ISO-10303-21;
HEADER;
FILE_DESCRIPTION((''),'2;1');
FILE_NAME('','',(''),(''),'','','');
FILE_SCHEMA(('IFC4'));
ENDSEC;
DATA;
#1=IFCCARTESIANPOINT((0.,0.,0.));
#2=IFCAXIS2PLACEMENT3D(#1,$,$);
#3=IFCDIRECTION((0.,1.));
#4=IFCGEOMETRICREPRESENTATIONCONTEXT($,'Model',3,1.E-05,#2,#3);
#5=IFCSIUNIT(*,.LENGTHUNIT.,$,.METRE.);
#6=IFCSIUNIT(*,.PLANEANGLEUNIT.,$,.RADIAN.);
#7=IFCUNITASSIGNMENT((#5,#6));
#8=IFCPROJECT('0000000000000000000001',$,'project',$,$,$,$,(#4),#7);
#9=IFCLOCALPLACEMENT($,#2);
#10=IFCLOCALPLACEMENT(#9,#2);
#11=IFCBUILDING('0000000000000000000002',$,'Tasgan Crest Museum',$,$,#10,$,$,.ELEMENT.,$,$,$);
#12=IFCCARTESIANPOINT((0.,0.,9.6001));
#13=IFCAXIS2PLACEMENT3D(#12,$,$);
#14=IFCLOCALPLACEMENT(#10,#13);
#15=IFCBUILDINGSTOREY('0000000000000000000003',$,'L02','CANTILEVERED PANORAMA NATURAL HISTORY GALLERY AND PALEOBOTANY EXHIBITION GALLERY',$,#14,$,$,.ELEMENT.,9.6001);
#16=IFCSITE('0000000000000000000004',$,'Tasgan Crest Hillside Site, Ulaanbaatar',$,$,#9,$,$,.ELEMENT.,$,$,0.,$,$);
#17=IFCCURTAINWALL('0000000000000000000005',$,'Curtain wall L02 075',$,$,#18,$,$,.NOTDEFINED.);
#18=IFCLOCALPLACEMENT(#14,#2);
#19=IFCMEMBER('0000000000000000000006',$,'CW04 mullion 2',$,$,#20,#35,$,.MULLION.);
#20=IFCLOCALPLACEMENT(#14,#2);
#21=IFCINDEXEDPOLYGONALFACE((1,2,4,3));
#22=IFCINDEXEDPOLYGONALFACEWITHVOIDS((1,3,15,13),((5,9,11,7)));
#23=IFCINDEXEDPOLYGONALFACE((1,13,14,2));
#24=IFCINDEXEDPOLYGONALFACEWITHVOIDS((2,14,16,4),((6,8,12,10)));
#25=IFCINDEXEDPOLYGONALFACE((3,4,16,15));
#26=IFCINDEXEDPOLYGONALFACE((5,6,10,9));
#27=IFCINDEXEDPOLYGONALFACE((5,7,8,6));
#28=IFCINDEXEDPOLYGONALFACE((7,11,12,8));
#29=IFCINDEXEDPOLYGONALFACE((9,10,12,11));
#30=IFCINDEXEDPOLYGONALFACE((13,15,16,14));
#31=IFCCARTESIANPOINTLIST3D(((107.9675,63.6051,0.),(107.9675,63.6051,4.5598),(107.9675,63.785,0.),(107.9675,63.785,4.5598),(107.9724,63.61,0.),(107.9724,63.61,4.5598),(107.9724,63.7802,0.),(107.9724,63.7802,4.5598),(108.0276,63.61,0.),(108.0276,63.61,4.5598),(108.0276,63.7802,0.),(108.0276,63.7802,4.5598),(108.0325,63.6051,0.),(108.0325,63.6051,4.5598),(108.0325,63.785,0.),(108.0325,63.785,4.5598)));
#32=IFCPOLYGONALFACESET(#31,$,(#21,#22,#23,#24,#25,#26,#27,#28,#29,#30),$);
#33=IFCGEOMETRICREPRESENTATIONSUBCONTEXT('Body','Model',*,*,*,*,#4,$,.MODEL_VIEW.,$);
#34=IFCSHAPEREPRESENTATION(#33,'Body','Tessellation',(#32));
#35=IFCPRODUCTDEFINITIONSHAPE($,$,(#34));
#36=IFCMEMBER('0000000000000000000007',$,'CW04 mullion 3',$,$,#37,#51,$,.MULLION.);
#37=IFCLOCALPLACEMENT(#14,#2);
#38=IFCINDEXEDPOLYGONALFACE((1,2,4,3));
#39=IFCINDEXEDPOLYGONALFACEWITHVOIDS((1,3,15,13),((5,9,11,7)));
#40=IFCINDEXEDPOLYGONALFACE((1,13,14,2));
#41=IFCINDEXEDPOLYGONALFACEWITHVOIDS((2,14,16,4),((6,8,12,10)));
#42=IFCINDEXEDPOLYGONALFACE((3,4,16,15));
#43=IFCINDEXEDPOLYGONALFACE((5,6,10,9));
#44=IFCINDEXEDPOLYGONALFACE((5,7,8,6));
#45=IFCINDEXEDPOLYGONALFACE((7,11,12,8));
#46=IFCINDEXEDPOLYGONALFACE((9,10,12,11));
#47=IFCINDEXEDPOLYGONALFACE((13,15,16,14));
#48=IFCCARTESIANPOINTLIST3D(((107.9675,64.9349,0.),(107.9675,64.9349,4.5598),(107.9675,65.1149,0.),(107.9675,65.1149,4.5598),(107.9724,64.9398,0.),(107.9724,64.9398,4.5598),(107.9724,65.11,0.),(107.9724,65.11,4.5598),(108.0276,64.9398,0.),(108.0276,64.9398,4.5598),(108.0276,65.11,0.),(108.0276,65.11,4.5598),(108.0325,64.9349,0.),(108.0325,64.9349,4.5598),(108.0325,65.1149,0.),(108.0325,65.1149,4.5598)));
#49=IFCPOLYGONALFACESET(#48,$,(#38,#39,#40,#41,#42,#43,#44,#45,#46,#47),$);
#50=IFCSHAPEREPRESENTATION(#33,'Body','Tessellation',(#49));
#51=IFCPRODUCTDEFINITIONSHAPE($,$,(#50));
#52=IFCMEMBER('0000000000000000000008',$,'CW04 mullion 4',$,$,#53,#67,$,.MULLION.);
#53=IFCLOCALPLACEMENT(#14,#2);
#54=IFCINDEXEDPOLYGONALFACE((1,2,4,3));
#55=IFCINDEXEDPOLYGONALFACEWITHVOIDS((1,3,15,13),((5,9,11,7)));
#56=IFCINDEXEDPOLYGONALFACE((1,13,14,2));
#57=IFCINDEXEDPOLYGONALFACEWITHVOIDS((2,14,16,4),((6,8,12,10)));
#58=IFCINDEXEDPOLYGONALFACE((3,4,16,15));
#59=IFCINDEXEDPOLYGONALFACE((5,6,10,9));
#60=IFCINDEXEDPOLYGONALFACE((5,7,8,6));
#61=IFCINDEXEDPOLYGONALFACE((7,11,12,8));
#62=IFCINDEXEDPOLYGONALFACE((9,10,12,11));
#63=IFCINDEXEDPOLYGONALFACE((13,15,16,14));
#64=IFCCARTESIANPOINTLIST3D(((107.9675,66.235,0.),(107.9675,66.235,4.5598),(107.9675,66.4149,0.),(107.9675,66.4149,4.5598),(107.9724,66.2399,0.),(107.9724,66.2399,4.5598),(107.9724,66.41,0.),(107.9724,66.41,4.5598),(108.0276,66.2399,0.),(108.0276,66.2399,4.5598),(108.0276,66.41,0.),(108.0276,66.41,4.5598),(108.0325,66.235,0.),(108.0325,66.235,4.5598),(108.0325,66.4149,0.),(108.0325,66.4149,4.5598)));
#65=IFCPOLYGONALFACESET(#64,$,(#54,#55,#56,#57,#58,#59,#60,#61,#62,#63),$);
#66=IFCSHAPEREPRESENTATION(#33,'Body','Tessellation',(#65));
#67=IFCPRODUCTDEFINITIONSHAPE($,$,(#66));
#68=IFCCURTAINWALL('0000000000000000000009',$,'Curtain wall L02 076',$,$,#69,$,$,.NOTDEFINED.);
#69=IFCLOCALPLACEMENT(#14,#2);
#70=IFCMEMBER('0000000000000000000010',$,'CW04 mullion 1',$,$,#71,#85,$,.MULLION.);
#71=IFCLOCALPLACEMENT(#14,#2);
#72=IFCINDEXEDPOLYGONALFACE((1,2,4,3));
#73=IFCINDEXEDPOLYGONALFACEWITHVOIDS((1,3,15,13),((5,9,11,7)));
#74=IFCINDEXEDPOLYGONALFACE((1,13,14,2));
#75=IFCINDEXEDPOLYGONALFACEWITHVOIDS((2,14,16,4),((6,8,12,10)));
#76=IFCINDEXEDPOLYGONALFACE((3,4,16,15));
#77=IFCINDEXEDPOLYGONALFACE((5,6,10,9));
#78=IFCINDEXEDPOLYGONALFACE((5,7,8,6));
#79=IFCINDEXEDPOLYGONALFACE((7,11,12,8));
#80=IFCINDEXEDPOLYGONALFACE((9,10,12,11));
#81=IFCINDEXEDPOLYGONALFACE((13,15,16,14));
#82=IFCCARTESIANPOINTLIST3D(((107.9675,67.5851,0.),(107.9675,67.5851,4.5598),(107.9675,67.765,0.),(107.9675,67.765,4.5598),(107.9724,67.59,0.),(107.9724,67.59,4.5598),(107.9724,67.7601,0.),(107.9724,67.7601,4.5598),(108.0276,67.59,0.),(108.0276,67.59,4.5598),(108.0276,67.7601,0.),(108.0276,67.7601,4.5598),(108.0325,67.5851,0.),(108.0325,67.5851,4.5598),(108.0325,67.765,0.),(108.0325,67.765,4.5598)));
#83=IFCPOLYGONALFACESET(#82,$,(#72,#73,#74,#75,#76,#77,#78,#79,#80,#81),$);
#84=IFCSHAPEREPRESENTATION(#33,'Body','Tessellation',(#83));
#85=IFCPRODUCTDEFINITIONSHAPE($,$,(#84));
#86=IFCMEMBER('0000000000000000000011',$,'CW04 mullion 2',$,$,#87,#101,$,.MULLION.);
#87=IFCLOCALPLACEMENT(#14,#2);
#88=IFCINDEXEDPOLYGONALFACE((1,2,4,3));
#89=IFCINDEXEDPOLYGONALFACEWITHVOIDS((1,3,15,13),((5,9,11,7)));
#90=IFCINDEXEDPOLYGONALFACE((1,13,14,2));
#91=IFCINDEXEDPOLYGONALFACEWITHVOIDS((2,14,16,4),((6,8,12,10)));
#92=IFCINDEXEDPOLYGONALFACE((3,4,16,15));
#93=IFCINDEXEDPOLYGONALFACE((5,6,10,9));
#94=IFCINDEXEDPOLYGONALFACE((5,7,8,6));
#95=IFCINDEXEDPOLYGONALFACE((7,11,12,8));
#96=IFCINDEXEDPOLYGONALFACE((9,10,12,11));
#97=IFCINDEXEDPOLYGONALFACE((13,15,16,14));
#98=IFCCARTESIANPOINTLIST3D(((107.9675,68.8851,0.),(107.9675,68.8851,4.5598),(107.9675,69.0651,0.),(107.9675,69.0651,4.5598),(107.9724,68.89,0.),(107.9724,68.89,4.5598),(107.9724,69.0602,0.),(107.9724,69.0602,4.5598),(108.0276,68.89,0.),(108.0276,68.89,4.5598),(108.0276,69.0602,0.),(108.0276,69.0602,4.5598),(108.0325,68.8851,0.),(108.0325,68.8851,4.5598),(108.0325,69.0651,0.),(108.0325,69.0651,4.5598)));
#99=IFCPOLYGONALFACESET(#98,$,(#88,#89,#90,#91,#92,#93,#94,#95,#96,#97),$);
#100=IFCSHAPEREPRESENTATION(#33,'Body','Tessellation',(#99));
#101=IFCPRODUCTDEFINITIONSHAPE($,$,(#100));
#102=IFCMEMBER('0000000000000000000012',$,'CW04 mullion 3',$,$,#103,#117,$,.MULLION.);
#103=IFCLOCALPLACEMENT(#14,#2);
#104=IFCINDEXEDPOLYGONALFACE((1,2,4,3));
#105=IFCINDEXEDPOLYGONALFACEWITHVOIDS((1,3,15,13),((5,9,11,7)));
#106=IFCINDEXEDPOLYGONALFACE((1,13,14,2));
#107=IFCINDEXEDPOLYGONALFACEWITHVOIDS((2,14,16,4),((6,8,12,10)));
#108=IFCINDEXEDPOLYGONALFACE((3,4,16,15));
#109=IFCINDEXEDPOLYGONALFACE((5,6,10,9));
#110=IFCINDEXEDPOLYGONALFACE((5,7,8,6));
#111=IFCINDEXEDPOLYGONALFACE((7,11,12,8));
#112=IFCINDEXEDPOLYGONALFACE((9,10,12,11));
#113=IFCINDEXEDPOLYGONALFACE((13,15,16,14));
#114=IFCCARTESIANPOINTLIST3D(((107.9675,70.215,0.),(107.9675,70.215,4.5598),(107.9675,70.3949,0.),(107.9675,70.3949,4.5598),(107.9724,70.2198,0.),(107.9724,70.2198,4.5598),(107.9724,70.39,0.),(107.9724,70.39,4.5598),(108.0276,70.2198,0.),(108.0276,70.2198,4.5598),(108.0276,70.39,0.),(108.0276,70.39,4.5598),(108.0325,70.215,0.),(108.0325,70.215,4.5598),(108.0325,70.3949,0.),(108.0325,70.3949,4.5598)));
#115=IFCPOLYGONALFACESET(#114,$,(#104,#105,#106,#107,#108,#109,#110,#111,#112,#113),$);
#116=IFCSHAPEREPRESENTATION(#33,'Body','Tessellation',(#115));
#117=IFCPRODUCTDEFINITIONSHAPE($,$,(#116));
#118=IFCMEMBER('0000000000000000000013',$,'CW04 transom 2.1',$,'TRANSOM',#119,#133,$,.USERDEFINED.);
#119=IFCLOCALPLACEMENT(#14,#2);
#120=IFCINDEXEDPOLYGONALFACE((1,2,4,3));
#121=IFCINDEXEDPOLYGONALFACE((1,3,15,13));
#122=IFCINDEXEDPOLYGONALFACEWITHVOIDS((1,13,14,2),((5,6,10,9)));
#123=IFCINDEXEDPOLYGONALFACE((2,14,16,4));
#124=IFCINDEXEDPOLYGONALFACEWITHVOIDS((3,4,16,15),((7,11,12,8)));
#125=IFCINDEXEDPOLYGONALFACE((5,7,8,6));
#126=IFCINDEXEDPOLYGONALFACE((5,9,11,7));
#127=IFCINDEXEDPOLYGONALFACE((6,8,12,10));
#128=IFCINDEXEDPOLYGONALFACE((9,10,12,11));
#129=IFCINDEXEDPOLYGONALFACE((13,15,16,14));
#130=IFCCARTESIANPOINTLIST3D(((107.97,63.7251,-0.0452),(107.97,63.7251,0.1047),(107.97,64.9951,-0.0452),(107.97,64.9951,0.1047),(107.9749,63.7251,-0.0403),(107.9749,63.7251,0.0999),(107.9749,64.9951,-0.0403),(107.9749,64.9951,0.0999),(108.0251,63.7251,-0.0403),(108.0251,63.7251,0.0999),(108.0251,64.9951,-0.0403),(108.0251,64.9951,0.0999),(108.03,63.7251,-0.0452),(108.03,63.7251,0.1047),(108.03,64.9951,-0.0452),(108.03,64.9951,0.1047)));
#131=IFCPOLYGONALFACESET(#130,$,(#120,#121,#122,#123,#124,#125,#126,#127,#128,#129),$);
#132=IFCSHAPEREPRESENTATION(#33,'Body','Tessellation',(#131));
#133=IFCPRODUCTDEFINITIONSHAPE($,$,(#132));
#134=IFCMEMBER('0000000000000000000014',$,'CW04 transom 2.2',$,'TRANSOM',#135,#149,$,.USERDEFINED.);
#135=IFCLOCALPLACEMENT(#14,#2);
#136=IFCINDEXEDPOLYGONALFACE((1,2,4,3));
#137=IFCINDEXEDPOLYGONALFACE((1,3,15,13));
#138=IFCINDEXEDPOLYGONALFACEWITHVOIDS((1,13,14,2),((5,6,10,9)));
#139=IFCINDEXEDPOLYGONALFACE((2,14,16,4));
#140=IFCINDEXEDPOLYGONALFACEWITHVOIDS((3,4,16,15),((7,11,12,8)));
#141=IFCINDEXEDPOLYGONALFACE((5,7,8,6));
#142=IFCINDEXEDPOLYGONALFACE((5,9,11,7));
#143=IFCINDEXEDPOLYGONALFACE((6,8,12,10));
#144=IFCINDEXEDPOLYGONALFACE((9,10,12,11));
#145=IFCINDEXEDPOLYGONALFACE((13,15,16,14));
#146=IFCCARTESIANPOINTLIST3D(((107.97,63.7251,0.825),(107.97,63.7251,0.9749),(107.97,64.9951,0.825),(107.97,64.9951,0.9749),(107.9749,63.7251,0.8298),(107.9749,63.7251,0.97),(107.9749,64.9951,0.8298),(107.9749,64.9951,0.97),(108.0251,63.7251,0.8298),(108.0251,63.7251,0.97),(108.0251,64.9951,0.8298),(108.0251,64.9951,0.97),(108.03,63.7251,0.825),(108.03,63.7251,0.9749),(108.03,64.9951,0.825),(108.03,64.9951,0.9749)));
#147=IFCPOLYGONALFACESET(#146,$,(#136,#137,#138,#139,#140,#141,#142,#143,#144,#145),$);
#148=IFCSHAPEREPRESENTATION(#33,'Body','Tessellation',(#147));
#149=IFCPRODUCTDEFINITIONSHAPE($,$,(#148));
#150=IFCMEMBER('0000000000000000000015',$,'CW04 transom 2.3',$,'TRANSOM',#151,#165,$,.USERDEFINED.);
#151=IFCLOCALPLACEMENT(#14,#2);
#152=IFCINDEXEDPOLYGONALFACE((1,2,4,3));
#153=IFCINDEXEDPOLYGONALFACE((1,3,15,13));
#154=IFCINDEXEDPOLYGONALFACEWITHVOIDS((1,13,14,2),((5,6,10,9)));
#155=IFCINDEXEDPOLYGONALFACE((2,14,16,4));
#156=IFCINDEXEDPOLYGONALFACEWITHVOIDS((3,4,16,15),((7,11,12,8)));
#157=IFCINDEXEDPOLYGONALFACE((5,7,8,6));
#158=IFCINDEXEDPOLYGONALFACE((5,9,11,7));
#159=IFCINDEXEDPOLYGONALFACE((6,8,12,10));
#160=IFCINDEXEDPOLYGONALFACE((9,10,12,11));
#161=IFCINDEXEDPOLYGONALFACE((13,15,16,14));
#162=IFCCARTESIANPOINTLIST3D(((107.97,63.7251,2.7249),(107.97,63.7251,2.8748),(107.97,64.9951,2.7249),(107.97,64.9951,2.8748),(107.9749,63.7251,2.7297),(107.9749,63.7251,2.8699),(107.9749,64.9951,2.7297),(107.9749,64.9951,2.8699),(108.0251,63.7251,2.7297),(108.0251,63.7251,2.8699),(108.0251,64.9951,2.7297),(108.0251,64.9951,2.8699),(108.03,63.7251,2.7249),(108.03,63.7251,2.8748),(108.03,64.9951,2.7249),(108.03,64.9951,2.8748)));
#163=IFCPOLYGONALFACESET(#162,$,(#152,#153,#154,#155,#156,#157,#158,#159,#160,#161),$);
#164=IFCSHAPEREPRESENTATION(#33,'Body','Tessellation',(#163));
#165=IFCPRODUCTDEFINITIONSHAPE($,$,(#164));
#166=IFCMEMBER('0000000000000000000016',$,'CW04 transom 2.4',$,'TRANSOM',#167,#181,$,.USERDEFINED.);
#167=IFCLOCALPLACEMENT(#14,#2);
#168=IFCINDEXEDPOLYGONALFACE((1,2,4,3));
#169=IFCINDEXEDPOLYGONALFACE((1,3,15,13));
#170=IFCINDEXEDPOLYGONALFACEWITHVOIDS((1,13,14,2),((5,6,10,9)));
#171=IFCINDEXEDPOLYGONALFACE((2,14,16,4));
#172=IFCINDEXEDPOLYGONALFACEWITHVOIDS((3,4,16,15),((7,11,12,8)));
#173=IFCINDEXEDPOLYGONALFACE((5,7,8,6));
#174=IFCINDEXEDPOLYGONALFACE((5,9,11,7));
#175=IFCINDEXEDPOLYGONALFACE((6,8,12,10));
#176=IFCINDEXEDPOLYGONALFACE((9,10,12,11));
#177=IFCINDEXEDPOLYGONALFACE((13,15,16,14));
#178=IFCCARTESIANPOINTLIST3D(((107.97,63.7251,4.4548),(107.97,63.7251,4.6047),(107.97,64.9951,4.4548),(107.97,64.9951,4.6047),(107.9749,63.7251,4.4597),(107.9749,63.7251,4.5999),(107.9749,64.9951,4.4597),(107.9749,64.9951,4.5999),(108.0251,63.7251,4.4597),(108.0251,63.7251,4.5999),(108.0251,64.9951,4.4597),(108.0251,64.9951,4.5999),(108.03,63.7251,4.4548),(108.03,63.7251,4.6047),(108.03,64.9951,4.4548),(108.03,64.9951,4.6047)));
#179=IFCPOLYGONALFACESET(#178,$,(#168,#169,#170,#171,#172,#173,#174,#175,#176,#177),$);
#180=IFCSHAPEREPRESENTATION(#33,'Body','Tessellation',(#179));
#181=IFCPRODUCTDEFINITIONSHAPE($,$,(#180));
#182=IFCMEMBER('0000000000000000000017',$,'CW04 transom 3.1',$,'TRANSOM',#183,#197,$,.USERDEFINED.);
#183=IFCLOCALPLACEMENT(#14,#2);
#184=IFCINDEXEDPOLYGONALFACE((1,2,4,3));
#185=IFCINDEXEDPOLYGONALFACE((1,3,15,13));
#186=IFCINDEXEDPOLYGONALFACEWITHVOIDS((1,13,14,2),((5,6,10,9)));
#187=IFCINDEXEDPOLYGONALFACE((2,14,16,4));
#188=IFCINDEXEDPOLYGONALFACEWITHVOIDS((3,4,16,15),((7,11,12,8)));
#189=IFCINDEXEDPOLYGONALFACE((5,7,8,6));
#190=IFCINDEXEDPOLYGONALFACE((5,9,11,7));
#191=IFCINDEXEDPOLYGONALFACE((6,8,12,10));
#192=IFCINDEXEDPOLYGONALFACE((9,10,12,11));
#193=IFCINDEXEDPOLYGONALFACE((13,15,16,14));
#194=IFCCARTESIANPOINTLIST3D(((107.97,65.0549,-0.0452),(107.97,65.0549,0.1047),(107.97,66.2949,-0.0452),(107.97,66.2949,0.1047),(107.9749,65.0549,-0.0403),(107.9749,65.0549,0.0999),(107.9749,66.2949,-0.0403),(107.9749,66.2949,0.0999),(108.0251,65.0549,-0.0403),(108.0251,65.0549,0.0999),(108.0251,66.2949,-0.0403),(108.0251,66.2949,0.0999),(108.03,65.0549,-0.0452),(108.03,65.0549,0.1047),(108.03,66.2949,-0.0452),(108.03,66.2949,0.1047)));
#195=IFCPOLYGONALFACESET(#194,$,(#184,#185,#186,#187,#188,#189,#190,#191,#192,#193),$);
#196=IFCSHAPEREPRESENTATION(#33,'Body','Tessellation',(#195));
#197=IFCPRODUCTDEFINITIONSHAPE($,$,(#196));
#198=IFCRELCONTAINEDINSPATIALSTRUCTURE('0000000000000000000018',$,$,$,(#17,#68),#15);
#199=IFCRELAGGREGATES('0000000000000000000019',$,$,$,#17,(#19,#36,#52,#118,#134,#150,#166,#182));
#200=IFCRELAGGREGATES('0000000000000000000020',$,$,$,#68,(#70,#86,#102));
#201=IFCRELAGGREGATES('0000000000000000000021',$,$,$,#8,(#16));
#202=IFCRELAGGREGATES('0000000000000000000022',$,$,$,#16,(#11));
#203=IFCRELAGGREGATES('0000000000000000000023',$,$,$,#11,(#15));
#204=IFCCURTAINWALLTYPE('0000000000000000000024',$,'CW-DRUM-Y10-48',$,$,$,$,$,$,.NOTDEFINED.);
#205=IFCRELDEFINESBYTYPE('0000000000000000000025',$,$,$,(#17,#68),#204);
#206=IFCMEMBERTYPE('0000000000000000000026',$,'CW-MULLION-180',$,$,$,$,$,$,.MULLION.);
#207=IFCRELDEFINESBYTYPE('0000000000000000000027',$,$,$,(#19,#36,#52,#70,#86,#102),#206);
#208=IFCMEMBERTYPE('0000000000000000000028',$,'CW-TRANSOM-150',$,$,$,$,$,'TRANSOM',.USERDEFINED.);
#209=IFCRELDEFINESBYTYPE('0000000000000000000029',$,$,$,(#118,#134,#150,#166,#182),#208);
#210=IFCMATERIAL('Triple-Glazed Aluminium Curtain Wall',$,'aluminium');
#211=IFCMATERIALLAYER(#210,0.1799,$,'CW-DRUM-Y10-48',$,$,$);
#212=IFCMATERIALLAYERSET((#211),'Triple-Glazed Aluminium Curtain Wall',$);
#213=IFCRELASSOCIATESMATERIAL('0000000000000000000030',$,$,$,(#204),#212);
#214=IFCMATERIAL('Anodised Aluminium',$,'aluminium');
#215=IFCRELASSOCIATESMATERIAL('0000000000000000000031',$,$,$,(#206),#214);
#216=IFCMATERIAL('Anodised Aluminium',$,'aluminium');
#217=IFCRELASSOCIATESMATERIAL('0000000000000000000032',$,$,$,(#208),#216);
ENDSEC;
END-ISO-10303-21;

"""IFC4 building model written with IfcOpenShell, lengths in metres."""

from ifc_helpers import new_model, si_unit, direction, frame, origin, origin_2d, place, context, subcontext, project, spatial, hollow_rectangle, extrude, material, layer, layer_set, material_profile, profile_set, type_object, element, aggregate, save


model = new_model("IFC4")

# Units and contexts
model_context = context("Model", 3, precision=1e-05, world=origin(), true_north=direction((0.0, 1.0)))
body_context = subcontext(model_context, "Body", "Model", "MODEL_VIEW")
ifc_project = project(units=[si_unit("LENGTHUNIT", "METRE"), si_unit("PLANEANGLEUNIT", "RADIAN")], contexts=[model_context])

# Site, building, storey
site_placement = place(None, origin())
site = spatial("IfcSite", under=ifc_project, at=site_placement, Name="Tasgan Crest Hillside Site, Ulaanbaatar", CompositionType="ELEMENT", RefElevation=0.0)
building_placement = place(site_placement, origin())
building = spatial("IfcBuilding", under=site, at=building_placement, Name="Tasgan Crest Museum", CompositionType="ELEMENT")
storey_placement = place(building_placement, frame((0.0, 0.0, 9.6001)))
storey = spatial("IfcBuildingStorey", under=building, at=storey_placement, Name="L02", Description="CANTILEVERED PANORAMA NATURAL HISTORY GALLERY AND PALEOBOTANY EXHIBITION GALLERY", CompositionType="ELEMENT", Elevation=9.6001)

# Curtain walls, members
ifc_material_1 = material(Name="Triple-Glazed Aluminium Curtain Wall", Category="aluminium")
ifc_layer_1 = layer(ifc_material_1, 0.1799, Name="CW-DRUM-Y10-48")
ifc_layer_set_1 = layer_set([ifc_layer_1], Name="Triple-Glazed Aluminium Curtain Wall")
curtain_wall_type = type_object("IfcCurtainWallType", Name="CW-DRUM-Y10-48", PredefinedType="NOTDEFINED", material=ifc_layer_set_1)
curtain_wall_1_placement = place(storey_placement, origin())
curtain_wall_1 = element("IfcCurtainWall", 1, at=curtain_wall_1_placement, inside=storey, type_object=curtain_wall_type, Name="Curtain wall L02 075", PredefinedType="NOTDEFINED")
ifc_material_2 = material(Name="Anodised Aluminium", Category="aluminium")
ifc_material_profile_1 = material_profile(ifc_material_2, hollow_rectangle(XDim=0.0649, YDim=0.1799, WallThickness=0.0049, at=origin_2d()), Name="ALU MULLION 180x65x5")
ifc_profile_set_1 = profile_set([ifc_material_profile_1], Name="Anodised Aluminium")
member_type_1 = type_object("IfcMemberType", Name="CW-MULLION-180", PredefinedType="MULLION", material=ifc_profile_set_1)
member_1_placement = place(storey_placement, frame((108.0, 63.6951, 0.0), z_axis=(0.0, 0.0, 1.0), x_axis=(-1.0, 0.0, 0.0)))
member_1 = element("IfcMember", 2, at=member_1_placement, type_object=member_type_1, Name="CW04 mullion 2", PredefinedType="MULLION", context=body_context, shape_type="SweptSolid", body=[
    extrude(hollow_rectangle(XDim=0.0649, YDim=0.1799, WallThickness=0.0049, at=origin_2d()), origin(), (0.0, 0.0, 1.0), 4.5598),
])
member_2_placement = place(storey_placement, frame((108.0, 65.0249, 0.0), z_axis=(0.0, 0.0, 1.0), x_axis=(-1.0, 0.0, 0.0)))
member_2 = element("IfcMember", 3, at=member_2_placement, type_object=member_type_1, Name="CW04 mullion 3", PredefinedType="MULLION", context=body_context, shape_type="SweptSolid", body=[
    extrude(hollow_rectangle(XDim=0.0649, YDim=0.1799, WallThickness=0.0049, at=origin_2d()), origin(), (0.0, 0.0, 1.0), 4.5598),
])
member_3_placement = place(storey_placement, frame((108.0, 66.325, 0.0), z_axis=(0.0, 0.0, 1.0), x_axis=(-1.0, 0.0, 0.0)))
member_3 = element("IfcMember", 4, at=member_3_placement, type_object=member_type_1, Name="CW04 mullion 4", PredefinedType="MULLION", context=body_context, shape_type="SweptSolid", body=[
    extrude(hollow_rectangle(XDim=0.0649, YDim=0.1799, WallThickness=0.0049, at=origin_2d()), origin(), (0.0, 0.0, 1.0), 4.5598),
])
curtain_wall_2_placement = place(storey_placement, origin())
curtain_wall_2 = element("IfcCurtainWall", 5, at=curtain_wall_2_placement, inside=storey, type_object=curtain_wall_type, Name="Curtain wall L02 076", PredefinedType="NOTDEFINED")
member_4_placement = place(storey_placement, frame((108.0, 67.675, 0.0), z_axis=(0.0, 0.0, 1.0), x_axis=(-1.0, 0.0, 0.0)))
member_4 = element("IfcMember", 6, at=member_4_placement, type_object=member_type_1, Name="CW04 mullion 1", PredefinedType="MULLION", context=body_context, shape_type="SweptSolid", body=[
    extrude(hollow_rectangle(XDim=0.0649, YDim=0.1799, WallThickness=0.0049, at=origin_2d()), origin(), (0.0, 0.0, 1.0), 4.5598),
])
member_5_placement = place(storey_placement, frame((108.0, 68.9751, 0.0), z_axis=(0.0, 0.0, 1.0), x_axis=(-1.0, 0.0, 0.0)))
member_5 = element("IfcMember", 7, at=member_5_placement, type_object=member_type_1, Name="CW04 mullion 2", PredefinedType="MULLION", context=body_context, shape_type="SweptSolid", body=[
    extrude(hollow_rectangle(XDim=0.0649, YDim=0.1799, WallThickness=0.0049, at=origin_2d()), origin(), (0.0, 0.0, 1.0), 4.5598),
])
member_6_placement = place(storey_placement, frame((108.0, 70.3049, 0.0), z_axis=(0.0, 0.0, 1.0), x_axis=(-1.0, 0.0, 0.0)))
member_6 = element("IfcMember", 8, at=member_6_placement, type_object=member_type_1, Name="CW04 mullion 3", PredefinedType="MULLION", context=body_context, shape_type="SweptSolid", body=[
    extrude(hollow_rectangle(XDim=0.0649, YDim=0.1799, WallThickness=0.0049, at=origin_2d()), origin(), (0.0, 0.0, 1.0), 4.5598),
])

# Members
ifc_material_3 = material(Name="Anodised Aluminium", Category="aluminium")
ifc_material_profile_2 = material_profile(ifc_material_3, hollow_rectangle(XDim=0.0601, YDim=0.1499, WallThickness=0.0049, at=origin_2d()), Name="ALU TRANSOM 150x60x5")
ifc_profile_set_2 = profile_set([ifc_material_profile_2], Name="Anodised Aluminium")
member_type_2 = type_object("IfcMemberType", Name="CW-TRANSOM-150", ElementType="TRANSOM", PredefinedType="USERDEFINED", material=ifc_profile_set_2)
member_7_placement = place(storey_placement, frame((108.0, 63.7251, 0.0298), z_axis=(0.0, 1.0, 0.0), x_axis=(-1.0, 0.0, 0.0)))
member_7 = element("IfcMember", 9, at=member_7_placement, type_object=member_type_2, Name="CW04 transom 2.1", ObjectType="TRANSOM", PredefinedType="USERDEFINED", context=body_context, shape_type="SweptSolid", body=[
    extrude(hollow_rectangle(XDim=0.0601, YDim=0.1499, WallThickness=0.0049, at=origin_2d()), origin(), (0.0, 0.0, 1.0), 1.27),
])
member_8_placement = place(storey_placement, frame((108.0, 63.7251, 0.8999), z_axis=(0.0, 1.0, 0.0), x_axis=(-1.0, 0.0, 0.0)))
member_8 = element("IfcMember", 10, at=member_8_placement, type_object=member_type_2, Name="CW04 transom 2.2", ObjectType="TRANSOM", PredefinedType="USERDEFINED", context=body_context, shape_type="SweptSolid", body=[
    extrude(hollow_rectangle(XDim=0.0601, YDim=0.1499, WallThickness=0.0049, at=origin_2d()), origin(), (0.0, 0.0, 1.0), 1.27),
])
member_9_placement = place(storey_placement, frame((108.0, 63.7251, 2.7998), z_axis=(0.0, 1.0, 0.0), x_axis=(-1.0, 0.0, 0.0)))
member_9 = element("IfcMember", 11, at=member_9_placement, type_object=member_type_2, Name="CW04 transom 2.3", ObjectType="TRANSOM", PredefinedType="USERDEFINED", context=body_context, shape_type="SweptSolid", body=[
    extrude(hollow_rectangle(XDim=0.0601, YDim=0.1499, WallThickness=0.0049, at=origin_2d()), origin(), (0.0, 0.0, 1.0), 1.27),
])
member_10_placement = place(storey_placement, frame((108.0, 63.7251, 4.5298), z_axis=(0.0, 1.0, 0.0), x_axis=(-1.0, 0.0, 0.0)))
member_10 = element("IfcMember", 12, at=member_10_placement, type_object=member_type_2, Name="CW04 transom 2.4", ObjectType="TRANSOM", PredefinedType="USERDEFINED", context=body_context, shape_type="SweptSolid", body=[
    extrude(hollow_rectangle(XDim=0.0601, YDim=0.1499, WallThickness=0.0049, at=origin_2d()), origin(), (0.0, 0.0, 1.0), 1.27),
])
member_11_placement = place(storey_placement, frame((108.0, 65.0549, 0.0298), z_axis=(0.0, 1.0, 0.0), x_axis=(-1.0, 0.0, 0.0)))
member_11 = element("IfcMember", 13, at=member_11_placement, type_object=member_type_2, Name="CW04 transom 3.1", ObjectType="TRANSOM", PredefinedType="USERDEFINED", context=body_context, shape_type="SweptSolid", body=[
    extrude(hollow_rectangle(XDim=0.0601, YDim=0.1499, WallThickness=0.0049, at=origin_2d()), origin(), (0.0, 0.0, 1.0), 1.24),
])

aggregate(curtain_wall_1, [member_1, member_2, member_3, member_7, member_8, member_9, member_10, member_11])
aggregate(curtain_wall_2, [member_4, member_5, member_6])

save(model, "model.ifc")
